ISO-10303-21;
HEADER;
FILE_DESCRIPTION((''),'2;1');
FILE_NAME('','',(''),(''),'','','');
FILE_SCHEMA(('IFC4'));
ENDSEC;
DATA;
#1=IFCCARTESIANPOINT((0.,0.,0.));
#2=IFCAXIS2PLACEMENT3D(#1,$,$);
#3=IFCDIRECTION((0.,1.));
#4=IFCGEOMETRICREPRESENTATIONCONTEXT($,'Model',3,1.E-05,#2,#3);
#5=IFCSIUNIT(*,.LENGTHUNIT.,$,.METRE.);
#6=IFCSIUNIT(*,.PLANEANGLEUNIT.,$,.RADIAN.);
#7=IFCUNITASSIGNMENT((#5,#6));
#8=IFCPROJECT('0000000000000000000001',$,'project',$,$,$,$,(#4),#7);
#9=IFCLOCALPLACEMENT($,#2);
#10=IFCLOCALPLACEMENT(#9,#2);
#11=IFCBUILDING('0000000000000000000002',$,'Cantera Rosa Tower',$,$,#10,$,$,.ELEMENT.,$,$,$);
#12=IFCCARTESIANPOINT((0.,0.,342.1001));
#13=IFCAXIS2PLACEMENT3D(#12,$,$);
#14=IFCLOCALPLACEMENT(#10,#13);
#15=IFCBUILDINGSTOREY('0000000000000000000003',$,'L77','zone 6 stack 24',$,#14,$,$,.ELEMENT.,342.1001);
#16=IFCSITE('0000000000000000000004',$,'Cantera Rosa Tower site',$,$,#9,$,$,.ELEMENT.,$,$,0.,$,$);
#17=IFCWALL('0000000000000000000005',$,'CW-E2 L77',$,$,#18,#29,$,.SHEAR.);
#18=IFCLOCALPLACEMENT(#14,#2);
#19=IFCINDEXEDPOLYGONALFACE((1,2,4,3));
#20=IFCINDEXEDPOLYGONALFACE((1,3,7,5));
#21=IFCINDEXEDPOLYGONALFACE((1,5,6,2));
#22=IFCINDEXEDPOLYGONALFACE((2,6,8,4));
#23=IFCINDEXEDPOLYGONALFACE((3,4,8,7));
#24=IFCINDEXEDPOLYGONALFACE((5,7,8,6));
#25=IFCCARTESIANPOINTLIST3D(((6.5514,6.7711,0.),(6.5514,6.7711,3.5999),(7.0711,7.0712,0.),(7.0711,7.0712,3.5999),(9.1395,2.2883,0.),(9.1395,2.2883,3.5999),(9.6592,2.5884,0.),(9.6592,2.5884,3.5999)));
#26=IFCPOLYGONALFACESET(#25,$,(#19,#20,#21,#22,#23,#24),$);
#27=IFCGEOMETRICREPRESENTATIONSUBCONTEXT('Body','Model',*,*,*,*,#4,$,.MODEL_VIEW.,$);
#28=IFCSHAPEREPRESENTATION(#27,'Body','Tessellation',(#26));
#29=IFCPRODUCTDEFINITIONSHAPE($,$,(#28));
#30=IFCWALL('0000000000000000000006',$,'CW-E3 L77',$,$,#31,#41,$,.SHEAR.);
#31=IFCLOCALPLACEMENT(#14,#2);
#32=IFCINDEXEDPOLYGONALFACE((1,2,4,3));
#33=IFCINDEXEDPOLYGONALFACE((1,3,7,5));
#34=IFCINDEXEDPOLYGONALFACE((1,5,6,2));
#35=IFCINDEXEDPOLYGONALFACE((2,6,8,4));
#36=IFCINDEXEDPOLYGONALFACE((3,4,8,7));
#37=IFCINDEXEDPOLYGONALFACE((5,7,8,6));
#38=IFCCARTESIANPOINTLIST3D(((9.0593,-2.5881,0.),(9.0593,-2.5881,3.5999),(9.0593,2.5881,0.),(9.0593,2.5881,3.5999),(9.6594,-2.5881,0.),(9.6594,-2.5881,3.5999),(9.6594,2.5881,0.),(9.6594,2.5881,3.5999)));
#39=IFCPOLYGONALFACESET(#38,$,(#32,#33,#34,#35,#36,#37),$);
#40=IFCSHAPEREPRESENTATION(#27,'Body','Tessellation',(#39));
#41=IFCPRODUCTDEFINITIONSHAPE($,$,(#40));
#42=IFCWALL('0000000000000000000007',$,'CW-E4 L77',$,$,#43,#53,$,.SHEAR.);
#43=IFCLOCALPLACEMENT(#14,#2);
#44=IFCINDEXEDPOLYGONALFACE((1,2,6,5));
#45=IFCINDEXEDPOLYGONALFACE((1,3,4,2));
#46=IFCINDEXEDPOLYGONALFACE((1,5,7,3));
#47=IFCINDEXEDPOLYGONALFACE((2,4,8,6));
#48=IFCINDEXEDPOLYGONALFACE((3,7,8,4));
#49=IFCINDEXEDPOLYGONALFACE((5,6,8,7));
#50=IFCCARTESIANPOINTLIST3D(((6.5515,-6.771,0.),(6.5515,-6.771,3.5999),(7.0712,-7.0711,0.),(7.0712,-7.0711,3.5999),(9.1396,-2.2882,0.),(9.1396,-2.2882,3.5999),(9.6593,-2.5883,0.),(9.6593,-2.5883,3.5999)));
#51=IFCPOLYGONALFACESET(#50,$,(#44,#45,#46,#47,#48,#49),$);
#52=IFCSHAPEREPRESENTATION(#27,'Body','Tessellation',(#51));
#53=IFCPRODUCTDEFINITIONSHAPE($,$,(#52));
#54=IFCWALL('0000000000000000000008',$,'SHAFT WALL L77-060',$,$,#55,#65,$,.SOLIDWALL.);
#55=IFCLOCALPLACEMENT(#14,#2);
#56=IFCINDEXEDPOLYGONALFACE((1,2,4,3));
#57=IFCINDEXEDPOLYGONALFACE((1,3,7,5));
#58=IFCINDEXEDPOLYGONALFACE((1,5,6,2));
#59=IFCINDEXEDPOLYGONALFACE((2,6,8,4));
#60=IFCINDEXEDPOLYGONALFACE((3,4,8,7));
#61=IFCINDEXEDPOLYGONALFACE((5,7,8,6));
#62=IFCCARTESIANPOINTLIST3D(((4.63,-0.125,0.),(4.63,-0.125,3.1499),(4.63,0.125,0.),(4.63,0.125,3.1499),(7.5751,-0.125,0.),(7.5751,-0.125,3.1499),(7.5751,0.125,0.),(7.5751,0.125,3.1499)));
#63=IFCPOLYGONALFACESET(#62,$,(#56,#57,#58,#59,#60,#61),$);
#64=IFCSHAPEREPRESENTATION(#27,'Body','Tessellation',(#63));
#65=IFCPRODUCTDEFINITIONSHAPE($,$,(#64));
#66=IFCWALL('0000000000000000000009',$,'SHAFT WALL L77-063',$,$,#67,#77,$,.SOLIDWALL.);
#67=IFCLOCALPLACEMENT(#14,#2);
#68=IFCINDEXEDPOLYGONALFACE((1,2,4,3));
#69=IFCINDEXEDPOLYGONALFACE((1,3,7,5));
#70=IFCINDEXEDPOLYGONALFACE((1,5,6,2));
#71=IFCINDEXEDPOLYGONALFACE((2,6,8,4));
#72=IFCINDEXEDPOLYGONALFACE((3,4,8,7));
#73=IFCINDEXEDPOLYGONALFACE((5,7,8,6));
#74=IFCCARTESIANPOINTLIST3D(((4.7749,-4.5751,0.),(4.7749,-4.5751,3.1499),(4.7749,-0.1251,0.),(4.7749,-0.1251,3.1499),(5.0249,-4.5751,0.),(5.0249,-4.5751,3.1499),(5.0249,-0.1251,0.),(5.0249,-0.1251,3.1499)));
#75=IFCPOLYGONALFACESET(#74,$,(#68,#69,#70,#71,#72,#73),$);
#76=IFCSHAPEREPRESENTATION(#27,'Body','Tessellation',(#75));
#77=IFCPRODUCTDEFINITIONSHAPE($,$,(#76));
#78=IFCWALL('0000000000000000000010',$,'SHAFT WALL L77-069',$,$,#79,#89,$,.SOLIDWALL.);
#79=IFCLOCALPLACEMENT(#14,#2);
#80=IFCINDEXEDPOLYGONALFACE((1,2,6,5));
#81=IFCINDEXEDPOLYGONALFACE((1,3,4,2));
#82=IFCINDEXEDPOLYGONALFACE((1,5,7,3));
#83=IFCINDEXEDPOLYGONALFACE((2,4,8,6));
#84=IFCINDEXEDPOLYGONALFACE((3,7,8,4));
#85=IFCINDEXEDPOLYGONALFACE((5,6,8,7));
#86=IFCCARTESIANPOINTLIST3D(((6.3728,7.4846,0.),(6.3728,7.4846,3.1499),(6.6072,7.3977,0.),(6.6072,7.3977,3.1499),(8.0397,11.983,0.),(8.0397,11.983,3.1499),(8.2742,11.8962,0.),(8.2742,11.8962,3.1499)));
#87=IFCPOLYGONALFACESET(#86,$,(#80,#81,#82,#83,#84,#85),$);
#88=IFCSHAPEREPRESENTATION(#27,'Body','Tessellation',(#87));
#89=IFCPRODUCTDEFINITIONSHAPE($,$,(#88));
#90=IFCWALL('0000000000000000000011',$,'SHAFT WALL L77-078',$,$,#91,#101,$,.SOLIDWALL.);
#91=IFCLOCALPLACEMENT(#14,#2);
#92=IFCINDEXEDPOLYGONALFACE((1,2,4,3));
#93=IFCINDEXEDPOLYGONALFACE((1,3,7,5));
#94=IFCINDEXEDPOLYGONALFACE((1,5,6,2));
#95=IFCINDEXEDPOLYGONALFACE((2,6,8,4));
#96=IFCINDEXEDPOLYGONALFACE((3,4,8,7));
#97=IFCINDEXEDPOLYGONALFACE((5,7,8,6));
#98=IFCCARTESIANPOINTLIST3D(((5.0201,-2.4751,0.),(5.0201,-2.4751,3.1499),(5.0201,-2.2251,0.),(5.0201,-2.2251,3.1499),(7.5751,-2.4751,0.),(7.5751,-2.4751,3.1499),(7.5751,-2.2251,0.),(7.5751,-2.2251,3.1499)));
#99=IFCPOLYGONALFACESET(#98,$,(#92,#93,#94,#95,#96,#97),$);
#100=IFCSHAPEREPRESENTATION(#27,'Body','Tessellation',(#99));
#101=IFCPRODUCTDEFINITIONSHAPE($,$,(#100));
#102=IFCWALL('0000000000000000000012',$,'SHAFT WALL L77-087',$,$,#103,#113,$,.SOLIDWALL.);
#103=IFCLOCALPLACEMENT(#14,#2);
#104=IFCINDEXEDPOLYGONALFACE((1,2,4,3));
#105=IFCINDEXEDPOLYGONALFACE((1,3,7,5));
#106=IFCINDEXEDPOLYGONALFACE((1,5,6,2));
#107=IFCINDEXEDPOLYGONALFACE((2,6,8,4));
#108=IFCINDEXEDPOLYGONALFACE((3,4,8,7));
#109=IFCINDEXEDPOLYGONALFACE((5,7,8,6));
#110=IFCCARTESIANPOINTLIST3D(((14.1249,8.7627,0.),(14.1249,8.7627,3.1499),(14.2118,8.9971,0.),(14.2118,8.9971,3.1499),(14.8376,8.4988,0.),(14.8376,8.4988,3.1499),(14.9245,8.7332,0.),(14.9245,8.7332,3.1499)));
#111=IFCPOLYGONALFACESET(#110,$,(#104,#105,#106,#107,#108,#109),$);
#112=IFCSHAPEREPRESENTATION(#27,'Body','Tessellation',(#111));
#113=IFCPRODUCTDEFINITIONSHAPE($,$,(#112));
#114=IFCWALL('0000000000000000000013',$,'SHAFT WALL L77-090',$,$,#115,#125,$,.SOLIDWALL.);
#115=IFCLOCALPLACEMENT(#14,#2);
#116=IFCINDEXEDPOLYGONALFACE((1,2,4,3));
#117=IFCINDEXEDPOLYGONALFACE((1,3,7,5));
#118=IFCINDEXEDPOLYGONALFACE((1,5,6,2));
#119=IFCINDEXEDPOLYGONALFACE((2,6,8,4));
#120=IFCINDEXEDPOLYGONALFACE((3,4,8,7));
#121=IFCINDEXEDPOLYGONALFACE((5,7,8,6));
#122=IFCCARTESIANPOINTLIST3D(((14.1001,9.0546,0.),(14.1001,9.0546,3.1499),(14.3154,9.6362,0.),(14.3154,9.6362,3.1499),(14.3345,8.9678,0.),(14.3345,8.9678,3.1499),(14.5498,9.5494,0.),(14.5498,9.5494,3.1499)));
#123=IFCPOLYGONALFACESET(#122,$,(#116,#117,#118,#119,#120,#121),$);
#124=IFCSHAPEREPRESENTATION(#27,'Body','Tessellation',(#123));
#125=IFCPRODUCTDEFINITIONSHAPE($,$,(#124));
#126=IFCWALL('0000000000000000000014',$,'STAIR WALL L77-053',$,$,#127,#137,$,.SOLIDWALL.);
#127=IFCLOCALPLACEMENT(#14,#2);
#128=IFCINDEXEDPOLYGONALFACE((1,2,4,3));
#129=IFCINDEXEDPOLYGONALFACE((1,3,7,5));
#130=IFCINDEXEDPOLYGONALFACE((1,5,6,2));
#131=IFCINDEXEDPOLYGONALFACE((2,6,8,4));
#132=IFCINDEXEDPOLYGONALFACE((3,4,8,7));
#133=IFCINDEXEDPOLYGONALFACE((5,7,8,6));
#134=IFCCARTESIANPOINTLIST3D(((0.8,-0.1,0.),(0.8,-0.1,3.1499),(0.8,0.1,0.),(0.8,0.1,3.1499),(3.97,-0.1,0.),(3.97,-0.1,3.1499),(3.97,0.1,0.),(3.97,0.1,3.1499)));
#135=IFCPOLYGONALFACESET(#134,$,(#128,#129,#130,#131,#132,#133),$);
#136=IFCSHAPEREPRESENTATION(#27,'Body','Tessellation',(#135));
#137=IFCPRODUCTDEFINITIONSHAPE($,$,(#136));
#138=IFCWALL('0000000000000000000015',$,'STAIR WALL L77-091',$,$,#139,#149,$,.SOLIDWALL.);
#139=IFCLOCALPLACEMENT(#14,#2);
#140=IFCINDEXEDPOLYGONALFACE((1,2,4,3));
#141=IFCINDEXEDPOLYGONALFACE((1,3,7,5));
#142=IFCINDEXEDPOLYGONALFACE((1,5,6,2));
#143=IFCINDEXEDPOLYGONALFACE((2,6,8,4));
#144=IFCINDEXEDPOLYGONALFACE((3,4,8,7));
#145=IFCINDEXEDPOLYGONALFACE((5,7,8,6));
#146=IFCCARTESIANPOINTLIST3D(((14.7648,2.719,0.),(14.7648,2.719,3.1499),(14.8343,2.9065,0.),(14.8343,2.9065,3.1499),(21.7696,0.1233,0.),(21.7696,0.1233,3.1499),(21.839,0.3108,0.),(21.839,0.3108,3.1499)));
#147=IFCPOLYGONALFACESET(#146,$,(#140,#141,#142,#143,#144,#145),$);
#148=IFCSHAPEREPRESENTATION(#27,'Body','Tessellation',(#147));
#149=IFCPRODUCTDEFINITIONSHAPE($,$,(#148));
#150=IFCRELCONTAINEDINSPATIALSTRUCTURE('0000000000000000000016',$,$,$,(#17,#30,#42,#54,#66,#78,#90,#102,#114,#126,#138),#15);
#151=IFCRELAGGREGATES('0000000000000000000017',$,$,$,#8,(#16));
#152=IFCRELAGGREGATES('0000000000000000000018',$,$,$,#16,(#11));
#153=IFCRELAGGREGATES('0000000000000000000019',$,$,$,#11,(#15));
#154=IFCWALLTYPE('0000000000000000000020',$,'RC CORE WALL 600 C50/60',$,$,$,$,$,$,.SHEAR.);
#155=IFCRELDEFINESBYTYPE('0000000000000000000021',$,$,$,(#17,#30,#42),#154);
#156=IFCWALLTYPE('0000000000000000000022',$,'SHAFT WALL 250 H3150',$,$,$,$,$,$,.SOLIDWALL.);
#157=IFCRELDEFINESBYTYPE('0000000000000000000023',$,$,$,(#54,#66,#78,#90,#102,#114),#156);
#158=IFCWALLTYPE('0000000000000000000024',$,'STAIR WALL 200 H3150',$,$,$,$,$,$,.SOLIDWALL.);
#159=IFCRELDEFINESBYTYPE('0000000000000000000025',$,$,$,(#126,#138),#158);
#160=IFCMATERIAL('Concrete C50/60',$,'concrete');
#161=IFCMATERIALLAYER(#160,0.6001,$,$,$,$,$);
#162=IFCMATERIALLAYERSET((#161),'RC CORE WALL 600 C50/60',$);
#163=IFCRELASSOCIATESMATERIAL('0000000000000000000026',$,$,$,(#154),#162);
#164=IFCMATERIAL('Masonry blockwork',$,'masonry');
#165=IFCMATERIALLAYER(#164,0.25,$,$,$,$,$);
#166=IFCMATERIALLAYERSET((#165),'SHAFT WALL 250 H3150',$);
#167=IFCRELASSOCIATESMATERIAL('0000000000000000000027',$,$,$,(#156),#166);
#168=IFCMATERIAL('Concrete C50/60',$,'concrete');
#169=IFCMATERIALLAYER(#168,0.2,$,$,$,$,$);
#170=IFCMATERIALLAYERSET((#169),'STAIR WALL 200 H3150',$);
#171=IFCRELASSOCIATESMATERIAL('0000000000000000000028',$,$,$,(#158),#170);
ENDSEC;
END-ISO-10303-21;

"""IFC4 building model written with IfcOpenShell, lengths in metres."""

from ifc_helpers import new_model, si_unit, direction, frame, frame_2d, origin, place, context, subcontext, project, spatial, rectangle, extrude, material, layer, layer_set, type_object, element, save


model = new_model("IFC4")

# Units and contexts
model_context = context("Model", 3, precision=1e-05, world=origin(), true_north=direction((0.0, 1.0)))
body_context = subcontext(model_context, "Body", "Model", "MODEL_VIEW")
ifc_project = project(units=[si_unit("LENGTHUNIT", "METRE"), si_unit("PLANEANGLEUNIT", "RADIAN")], contexts=[model_context])

# Site, building, storey
site_placement = place(None, origin())
site = spatial("IfcSite", under=ifc_project, at=site_placement, Name="Cantera Rosa Tower site", CompositionType="ELEMENT", RefElevation=0.0)
building_placement = place(site_placement, origin())
building = spatial("IfcBuilding", under=site, at=building_placement, Name="Cantera Rosa Tower", CompositionType="ELEMENT")
storey_placement = place(building_placement, frame((0.0, 0.0, 342.1001)))
storey = spatial("IfcBuildingStorey", under=building, at=storey_placement, Name="L77", Description="zone 6 stack 24", CompositionType="ELEMENT", Elevation=342.1001)

# Walls
ifc_material_1 = material(Name="Concrete C50/60", Category="concrete")
ifc_layer_1 = layer(ifc_material_1, 0.6001)
ifc_layer_set_1 = layer_set([ifc_layer_1], Name="RC CORE WALL 600 C50/60")
wall_type_1 = type_object("IfcWallType", Name="RC CORE WALL 600 C50/60", PredefinedType="SHEAR", material=ifc_layer_set_1)
for number, where, z_axis, x_axis, name in (
    (1, (6.8113, 6.9211, 0.0), (0.0, 0.0, 1.0), (0.499989, -0.866032, 0.0), "CW-E2 L77"),
    (2, (9.3594, 2.5881, 0.0), (0.0, 0.0, 1.0), (0.0, -1.0, 0.0), "CW-E3 L77"),
    (3, (9.3994, -2.4382, 0.0), (0.0, 0.0, 1.0), (-0.499989, -0.866032, 0.0), "CW-E4 L77"),
):
    element("IfcWall", number, at=place(storey_placement, frame(where, z_axis=z_axis, x_axis=x_axis)), inside=storey, type_object=wall_type_1, Name=name, PredefinedType="SHEAR", context=body_context, shape_type="SweptSolid", body=[
        extrude(rectangle(XDim=5.1763, YDim=0.6001, at=frame_2d((2.5881, 0.0))), origin(), (0.0, 0.0, 1.0), 3.5999),
    ])
ifc_material_2 = material(Name="Masonry blockwork", Category="masonry")
ifc_layer_2 = layer(ifc_material_2, 0.25)
ifc_layer_set_2 = layer_set([ifc_layer_2], Name="SHAFT WALL 250 H3150")
wall_type_2 = type_object("IfcWallType", Name="SHAFT WALL 250 H3150", PredefinedType="SOLIDWALL", material=ifc_layer_set_2)
wall_1_placement = place(storey_placement, frame((4.6299, 0.0, 0.0), z_axis=(0.0, 0.0, 1.0), x_axis=(1.0, 0.0, 0.0)))
element("IfcWall", 4, at=wall_1_placement, inside=storey, type_object=wall_type_2, Name="SHAFT WALL L77-060", PredefinedType="SOLIDWALL", context=body_context, shape_type="SweptSolid", body=[
    extrude(rectangle(XDim=2.9451, YDim=0.25, at=frame_2d((1.4727, 0.0))), origin(), (0.0, 0.0, 1.0), 3.1499),
])
wall_2_placement = place(storey_placement, frame((4.8999, -0.125, 0.0), z_axis=(0.0, 0.0, 1.0), x_axis=(0.0, -1.0, 0.0)))
element("IfcWall", 5, at=wall_2_placement, inside=storey, type_object=wall_type_2, Name="SHAFT WALL L77-063", PredefinedType="SOLIDWALL", context=body_context, shape_type="SweptSolid", body=[
    extrude(rectangle(XDim=4.45, YDim=0.25, at=frame_2d((2.2251, 0.0))), origin(), (0.0, 0.0, 1.0), 3.1499),
])
wall_3_placement = place(storey_placement, frame((6.49, 7.4412, 0.0), z_axis=(0.0, 0.0, 1.0), x_axis=(0.347473, 0.93769, 0.0)))
element("IfcWall", 6, at=wall_3_placement, inside=storey, type_object=wall_type_2, Name="SHAFT WALL L77-069", PredefinedType="SOLIDWALL", context=body_context, shape_type="SweptSolid", body=[
    extrude(rectangle(XDim=4.7974, YDim=0.25, at=frame_2d((2.3987, 0.0))), origin(), (0.0, 0.0, 1.0), 3.1499),
])
wall_4_placement = place(storey_placement, frame((7.575, -2.3501, 0.0), z_axis=(0.0, 0.0, 1.0), x_axis=(-1.0, 0.0, 0.0)))
element("IfcWall", 7, at=wall_4_placement, inside=storey, type_object=wall_type_2, Name="SHAFT WALL L77-078", PredefinedType="SOLIDWALL", context=body_context, shape_type="SweptSolid", body=[
    extrude(rectangle(XDim=2.5549, YDim=0.25, at=frame_2d((1.2773, 0.0))), origin(), (0.0, 0.0, 1.0), 3.1499),
])
wall_5_placement = place(storey_placement, frame((14.1685, 8.8799, 0.0), z_axis=(0.0, 0.0, 1.0), x_axis=(0.93776, -0.347283, 0.0)))
element("IfcWall", 8, at=wall_5_placement, inside=storey, type_object=wall_type_2, Name="SHAFT WALL L77-087", PredefinedType="SOLIDWALL", context=body_context, shape_type="SweptSolid", body=[
    extrude(rectangle(XDim=0.76, YDim=0.25, at=frame_2d((0.3799, 0.0))), origin(), (0.0, 0.0, 1.0), 3.1499),
])
wall_6_placement = place(storey_placement, frame((14.4326, 9.5928, 0.0), z_axis=(0.0, 0.0, 1.0), x_axis=(-0.347237, -0.937777, 0.0)))
element("IfcWall", 9, at=wall_6_placement, inside=storey, type_object=wall_type_2, Name="SHAFT WALL L77-090", PredefinedType="SOLIDWALL", context=body_context, shape_type="SweptSolid", body=[
    extrude(rectangle(XDim=0.6201, YDim=0.25, at=frame_2d((0.3101, 0.0))), origin(), (0.0, 0.0, 1.0), 3.1499),
])
ifc_material_3 = material(Name="Concrete C50/60", Category="concrete")
ifc_layer_3 = layer(ifc_material_3, 0.2)
ifc_layer_set_3 = layer_set([ifc_layer_3], Name="STAIR WALL 200 H3150")
wall_type_3 = type_object("IfcWallType", Name="STAIR WALL 200 H3150", PredefinedType="SOLIDWALL", material=ifc_layer_set_3)
wall_7_placement = place(storey_placement, frame((0.8, 0.0, 0.0), z_axis=(0.0, 0.0, 1.0), x_axis=(1.0, 0.0, 0.0)))
element("IfcWall", 10, at=wall_7_placement, inside=storey, type_object=wall_type_3, Name="STAIR WALL L77-053", PredefinedType="SOLIDWALL", context=body_context, shape_type="SweptSolid", body=[
    extrude(rectangle(XDim=3.1699, YDim=0.2, at=frame_2d((1.585, 0.0))), origin(), (0.0, 0.0, 1.0), 3.1499),
])
wall_8_placement = place(storey_placement, frame((14.7996, 2.8127, 0.0), z_axis=(0.0, 0.0, 1.0), x_axis=(0.937688, -0.347478, 0.0)))
element("IfcWall", 11, at=wall_8_placement, inside=storey, type_object=wall_type_3, Name="STAIR WALL L77-091", PredefinedType="SOLIDWALL", context=body_context, shape_type="SweptSolid", body=[
    extrude(rectangle(XDim=7.4702, YDim=0.2, at=frame_2d((3.7351, 0.0))), origin(), (0.0, 0.0, 1.0), 3.1499),
])

save(model, "model.ifc")
